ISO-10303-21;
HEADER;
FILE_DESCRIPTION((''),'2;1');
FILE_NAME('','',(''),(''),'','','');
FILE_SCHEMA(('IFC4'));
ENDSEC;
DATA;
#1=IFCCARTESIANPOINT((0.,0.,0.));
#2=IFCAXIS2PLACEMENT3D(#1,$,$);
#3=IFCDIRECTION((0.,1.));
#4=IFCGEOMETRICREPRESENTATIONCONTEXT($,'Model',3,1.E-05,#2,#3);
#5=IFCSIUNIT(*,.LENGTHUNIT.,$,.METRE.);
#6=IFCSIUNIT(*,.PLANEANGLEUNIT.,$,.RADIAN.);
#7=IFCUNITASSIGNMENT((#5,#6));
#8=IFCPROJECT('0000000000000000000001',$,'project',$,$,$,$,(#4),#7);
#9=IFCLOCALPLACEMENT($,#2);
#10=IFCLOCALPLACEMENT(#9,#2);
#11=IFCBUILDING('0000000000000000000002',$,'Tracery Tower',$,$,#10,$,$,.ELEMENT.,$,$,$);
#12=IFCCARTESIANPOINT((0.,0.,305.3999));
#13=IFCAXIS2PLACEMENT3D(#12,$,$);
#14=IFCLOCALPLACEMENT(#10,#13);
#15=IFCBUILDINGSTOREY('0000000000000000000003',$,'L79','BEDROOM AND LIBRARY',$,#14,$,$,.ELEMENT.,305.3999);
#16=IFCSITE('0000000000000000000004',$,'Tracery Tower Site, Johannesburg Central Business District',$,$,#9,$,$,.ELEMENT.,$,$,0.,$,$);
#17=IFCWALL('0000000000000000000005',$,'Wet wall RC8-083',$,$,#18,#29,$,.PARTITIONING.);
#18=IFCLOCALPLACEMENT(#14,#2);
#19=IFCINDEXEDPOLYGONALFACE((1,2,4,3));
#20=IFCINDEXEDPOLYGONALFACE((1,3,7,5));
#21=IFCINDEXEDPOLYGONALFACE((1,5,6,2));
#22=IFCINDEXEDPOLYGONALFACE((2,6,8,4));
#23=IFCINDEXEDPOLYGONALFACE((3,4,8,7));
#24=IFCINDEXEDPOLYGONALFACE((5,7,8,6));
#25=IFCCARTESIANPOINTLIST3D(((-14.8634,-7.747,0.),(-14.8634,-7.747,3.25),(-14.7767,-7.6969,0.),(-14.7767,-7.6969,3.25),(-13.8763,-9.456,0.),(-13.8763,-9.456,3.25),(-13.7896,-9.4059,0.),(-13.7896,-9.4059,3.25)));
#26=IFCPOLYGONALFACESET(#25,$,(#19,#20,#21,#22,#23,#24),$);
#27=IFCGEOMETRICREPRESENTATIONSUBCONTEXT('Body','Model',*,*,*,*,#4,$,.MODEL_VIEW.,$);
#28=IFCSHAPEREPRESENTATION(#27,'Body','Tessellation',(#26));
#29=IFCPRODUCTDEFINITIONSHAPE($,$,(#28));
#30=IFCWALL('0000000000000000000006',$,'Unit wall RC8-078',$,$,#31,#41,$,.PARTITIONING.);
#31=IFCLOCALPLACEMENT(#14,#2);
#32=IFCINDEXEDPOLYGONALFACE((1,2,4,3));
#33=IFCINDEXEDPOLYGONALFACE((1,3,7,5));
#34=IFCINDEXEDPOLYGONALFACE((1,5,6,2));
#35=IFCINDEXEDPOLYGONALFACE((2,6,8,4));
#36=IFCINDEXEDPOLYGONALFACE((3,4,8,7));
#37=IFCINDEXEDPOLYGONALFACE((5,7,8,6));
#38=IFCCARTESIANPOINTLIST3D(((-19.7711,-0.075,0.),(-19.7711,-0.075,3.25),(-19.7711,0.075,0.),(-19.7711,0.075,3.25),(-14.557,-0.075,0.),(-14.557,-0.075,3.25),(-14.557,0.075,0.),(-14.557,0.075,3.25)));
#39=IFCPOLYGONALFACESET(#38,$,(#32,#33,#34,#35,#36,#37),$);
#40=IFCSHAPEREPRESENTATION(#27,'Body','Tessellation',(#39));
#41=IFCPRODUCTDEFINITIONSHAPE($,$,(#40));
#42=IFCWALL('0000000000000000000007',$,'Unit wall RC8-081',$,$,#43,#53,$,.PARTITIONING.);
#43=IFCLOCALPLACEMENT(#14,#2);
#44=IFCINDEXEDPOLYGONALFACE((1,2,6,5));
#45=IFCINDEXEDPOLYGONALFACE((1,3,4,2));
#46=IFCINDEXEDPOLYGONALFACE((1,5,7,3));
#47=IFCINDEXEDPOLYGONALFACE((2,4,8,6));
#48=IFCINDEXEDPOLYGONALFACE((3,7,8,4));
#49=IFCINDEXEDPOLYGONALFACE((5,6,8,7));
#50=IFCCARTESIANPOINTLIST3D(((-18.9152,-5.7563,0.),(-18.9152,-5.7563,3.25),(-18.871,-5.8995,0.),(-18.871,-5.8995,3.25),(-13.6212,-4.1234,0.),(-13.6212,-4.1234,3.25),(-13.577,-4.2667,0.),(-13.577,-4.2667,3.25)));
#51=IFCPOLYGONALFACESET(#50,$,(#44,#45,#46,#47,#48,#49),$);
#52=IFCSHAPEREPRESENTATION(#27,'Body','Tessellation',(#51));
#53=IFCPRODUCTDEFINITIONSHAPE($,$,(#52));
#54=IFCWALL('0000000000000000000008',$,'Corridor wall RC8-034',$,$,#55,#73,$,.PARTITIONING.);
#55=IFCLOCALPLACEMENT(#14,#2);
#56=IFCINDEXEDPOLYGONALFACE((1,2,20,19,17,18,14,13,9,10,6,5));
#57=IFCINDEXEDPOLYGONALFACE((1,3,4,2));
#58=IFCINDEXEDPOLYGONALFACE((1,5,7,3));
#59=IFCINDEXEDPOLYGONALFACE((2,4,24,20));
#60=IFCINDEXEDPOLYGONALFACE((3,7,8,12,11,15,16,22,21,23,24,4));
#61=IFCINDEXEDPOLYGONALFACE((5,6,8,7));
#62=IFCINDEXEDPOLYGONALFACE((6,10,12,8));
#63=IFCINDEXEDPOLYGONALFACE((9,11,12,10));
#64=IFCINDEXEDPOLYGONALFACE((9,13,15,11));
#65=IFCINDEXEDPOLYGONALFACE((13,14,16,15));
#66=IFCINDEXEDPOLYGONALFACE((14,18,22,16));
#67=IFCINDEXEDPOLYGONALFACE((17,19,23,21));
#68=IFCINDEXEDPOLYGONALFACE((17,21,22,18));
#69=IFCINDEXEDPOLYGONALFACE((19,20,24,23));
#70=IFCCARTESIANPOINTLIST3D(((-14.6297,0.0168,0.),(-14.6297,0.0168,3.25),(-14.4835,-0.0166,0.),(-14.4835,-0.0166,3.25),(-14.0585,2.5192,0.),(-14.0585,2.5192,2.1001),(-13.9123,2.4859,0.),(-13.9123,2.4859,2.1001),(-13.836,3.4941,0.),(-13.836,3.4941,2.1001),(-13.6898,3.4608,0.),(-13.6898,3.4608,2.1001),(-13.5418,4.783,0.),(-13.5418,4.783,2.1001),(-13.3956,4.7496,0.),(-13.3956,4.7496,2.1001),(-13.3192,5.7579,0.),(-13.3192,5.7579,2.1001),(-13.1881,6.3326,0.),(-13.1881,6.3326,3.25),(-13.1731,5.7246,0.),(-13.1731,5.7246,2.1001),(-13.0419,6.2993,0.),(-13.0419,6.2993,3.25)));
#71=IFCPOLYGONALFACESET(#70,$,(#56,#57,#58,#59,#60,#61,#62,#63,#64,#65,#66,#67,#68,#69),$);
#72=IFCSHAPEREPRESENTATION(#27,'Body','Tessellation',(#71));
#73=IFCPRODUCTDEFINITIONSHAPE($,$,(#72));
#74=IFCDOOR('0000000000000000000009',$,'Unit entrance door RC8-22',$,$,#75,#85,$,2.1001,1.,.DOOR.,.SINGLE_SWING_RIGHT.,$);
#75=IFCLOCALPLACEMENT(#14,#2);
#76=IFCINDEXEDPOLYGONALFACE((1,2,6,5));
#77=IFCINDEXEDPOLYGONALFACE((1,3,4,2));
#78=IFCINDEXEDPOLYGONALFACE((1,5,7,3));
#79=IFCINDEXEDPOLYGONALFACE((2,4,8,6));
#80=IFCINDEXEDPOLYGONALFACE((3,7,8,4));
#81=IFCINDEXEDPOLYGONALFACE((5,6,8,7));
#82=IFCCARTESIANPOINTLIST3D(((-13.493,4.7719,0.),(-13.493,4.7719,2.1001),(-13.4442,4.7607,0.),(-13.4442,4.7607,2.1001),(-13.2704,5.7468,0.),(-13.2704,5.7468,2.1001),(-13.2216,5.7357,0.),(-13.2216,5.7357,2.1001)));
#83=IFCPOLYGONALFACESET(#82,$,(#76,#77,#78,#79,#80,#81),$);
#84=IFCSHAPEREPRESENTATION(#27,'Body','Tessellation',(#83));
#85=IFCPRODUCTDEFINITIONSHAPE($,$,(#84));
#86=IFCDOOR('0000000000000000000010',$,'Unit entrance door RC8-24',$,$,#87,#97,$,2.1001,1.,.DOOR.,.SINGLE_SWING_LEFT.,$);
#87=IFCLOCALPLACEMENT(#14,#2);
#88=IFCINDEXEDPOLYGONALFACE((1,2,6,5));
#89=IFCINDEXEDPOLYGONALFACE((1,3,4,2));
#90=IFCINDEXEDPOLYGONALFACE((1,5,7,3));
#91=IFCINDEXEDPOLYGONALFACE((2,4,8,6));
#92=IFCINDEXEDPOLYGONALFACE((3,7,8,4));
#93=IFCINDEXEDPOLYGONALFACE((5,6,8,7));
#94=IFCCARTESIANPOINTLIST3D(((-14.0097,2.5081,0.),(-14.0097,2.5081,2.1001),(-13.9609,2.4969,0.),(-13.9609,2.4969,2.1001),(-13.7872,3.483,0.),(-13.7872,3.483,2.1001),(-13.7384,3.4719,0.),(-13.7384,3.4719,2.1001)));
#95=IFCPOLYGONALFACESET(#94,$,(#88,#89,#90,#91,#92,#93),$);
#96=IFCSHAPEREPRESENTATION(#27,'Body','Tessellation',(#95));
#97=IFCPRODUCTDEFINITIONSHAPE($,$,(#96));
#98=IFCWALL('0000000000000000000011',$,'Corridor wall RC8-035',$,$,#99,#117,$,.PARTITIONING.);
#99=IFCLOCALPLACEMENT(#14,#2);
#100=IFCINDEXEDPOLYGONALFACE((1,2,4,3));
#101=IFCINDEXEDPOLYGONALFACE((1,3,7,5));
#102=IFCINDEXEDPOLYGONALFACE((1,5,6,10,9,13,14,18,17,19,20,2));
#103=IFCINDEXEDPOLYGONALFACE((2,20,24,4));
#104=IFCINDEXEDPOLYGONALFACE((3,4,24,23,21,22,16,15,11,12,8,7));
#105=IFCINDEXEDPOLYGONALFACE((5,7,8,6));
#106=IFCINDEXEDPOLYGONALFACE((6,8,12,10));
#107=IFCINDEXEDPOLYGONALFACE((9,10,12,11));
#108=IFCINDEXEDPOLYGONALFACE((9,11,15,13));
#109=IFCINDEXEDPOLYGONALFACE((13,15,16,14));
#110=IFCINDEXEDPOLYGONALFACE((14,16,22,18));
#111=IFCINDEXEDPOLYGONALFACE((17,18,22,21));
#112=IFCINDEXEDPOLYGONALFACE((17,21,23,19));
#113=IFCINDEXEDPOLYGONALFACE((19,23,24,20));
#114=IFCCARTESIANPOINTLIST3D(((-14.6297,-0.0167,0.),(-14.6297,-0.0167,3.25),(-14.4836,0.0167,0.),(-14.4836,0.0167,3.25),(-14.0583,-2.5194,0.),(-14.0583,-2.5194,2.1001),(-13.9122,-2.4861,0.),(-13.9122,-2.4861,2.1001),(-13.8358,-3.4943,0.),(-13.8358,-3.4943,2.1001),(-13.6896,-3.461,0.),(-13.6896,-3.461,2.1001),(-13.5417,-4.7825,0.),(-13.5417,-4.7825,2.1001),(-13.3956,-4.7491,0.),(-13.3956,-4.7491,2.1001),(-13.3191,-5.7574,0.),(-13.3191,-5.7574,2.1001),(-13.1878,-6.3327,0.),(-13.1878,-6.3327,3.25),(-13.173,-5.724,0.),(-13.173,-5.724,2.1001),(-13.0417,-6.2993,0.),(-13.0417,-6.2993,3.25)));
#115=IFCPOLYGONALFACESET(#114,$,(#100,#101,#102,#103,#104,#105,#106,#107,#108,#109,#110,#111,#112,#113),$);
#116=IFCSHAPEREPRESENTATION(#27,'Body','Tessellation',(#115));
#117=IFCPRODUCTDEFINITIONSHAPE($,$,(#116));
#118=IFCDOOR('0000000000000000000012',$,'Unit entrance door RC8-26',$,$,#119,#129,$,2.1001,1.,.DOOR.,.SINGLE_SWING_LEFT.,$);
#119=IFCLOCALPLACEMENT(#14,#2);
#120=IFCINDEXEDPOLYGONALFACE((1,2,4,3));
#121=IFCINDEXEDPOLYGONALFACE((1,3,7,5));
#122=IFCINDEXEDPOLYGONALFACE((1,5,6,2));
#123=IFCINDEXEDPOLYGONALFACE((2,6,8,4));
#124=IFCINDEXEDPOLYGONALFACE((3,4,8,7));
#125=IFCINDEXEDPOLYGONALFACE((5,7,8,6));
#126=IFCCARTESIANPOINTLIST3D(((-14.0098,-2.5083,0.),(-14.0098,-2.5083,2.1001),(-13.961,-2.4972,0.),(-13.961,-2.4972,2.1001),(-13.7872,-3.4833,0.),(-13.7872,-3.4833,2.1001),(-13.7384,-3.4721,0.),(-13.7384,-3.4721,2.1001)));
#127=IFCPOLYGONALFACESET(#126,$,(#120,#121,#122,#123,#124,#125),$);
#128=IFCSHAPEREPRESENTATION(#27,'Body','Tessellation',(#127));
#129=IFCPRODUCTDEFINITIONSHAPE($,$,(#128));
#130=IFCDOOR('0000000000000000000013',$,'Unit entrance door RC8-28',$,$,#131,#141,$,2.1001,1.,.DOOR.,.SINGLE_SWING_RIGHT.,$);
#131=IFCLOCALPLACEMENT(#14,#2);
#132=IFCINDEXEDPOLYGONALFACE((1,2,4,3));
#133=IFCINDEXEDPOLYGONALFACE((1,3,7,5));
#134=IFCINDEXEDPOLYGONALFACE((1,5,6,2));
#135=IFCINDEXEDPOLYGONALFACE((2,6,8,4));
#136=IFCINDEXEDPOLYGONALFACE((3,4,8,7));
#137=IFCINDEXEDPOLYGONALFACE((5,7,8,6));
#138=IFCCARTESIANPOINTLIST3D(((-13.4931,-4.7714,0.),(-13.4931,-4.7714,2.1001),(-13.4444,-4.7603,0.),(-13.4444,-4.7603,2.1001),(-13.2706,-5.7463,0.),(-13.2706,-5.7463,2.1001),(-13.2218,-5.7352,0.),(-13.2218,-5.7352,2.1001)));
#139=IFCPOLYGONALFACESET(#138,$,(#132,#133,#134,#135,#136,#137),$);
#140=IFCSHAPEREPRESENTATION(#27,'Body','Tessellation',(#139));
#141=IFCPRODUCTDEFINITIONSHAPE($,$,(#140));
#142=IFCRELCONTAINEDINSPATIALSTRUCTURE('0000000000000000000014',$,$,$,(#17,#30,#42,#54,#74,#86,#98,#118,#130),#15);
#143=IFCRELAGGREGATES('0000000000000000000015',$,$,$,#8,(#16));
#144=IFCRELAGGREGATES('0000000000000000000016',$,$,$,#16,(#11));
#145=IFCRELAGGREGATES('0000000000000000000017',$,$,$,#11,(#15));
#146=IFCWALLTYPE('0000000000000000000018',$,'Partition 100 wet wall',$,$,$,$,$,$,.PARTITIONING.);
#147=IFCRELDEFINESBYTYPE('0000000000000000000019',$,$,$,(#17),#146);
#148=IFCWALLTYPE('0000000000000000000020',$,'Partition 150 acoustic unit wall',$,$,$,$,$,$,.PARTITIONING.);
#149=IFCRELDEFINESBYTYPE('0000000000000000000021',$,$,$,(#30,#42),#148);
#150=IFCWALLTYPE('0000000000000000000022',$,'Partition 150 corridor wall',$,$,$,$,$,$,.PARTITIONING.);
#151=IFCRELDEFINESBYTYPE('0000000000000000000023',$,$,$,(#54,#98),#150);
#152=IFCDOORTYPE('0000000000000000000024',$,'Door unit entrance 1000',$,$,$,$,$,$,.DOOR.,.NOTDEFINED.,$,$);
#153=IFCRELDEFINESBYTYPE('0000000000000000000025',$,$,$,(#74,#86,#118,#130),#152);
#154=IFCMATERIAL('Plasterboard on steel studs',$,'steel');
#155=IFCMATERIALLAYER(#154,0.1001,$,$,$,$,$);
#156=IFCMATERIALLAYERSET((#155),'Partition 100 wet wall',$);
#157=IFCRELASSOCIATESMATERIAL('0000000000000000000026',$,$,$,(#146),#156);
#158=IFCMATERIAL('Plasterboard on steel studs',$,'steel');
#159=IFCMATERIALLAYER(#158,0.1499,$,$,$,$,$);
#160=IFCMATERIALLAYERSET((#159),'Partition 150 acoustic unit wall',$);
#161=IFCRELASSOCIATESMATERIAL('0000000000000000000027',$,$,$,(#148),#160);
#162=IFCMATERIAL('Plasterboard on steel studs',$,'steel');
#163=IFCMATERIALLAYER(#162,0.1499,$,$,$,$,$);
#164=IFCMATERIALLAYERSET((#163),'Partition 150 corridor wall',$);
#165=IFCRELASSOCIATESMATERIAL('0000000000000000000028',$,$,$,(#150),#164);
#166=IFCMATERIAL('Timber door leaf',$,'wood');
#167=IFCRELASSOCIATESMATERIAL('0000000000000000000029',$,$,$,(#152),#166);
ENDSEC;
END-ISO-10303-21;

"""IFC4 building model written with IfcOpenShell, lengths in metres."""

from ifc_helpers import new_model, si_unit, direction, frame, frame_2d, origin, place, context, subcontext, project, spatial, rectangle, extrude, material, layer, layer_set, type_object, element, fill, save


model = new_model("IFC4")

# Units and contexts
model_context = context("Model", 3, precision=1e-05, world=origin(), true_north=direction((0.0, 1.0)))
body_context = subcontext(model_context, "Body", "Model", "MODEL_VIEW")
ifc_project = project(units=[si_unit("LENGTHUNIT", "METRE"), si_unit("PLANEANGLEUNIT", "RADIAN")], contexts=[model_context])

# Site, building, storey
site_placement = place(None, origin())
site = spatial("IfcSite", under=ifc_project, at=site_placement, Name="Tracery Tower Site, Johannesburg Central Business District", CompositionType="ELEMENT", RefElevation=0.0)
building_placement = place(site_placement, origin())
building = spatial("IfcBuilding", under=site, at=building_placement, Name="Tracery Tower", CompositionType="ELEMENT")
storey_placement = place(building_placement, frame((0.0, 0.0, 305.3999)))
storey = spatial("IfcBuildingStorey", under=building, at=storey_placement, Name="L79", Description="BEDROOM AND LIBRARY", CompositionType="ELEMENT", Elevation=305.3999)

# Shared definitions
ifc_material_1 = material(Name="Plasterboard on steel studs", Category="steel")
ifc_layer_1 = layer(ifc_material_1, 0.1001)
ifc_layer_set_1 = layer_set([ifc_layer_1], Name="Partition 100 wet wall")
wall_type_1 = type_object("IfcWallType", Name="Partition 100 wet wall", PredefinedType="PARTITIONING", material=ifc_layer_set_1)

# Walls
wall_1_placement = place(storey_placement, frame((-14.8201, -7.7219, 0.0), z_axis=(0.0, 0.0, 1.0), x_axis=(0.500144, -0.865942, 0.0)))
element("IfcWall", 1, at=wall_1_placement, inside=storey, type_object=wall_type_1, Name="Wet wall RC8-083", PredefinedType="PARTITIONING", context=body_context, shape_type="SweptSolid", body=[
    extrude(rectangle(XDim=1.9736, YDim=0.1001, at=frame_2d((0.9868, 0.0))), origin(), (0.0, 0.0, 1.0), 3.25),
])
ifc_material_2 = material(Name="Plasterboard on steel studs", Category="steel")
ifc_layer_2 = layer(ifc_material_2, 0.1499)
ifc_layer_set_2 = layer_set([ifc_layer_2], Name="Partition 150 acoustic unit wall")
wall_type_2 = type_object("IfcWallType", Name="Partition 150 acoustic unit wall", PredefinedType="PARTITIONING", material=ifc_layer_set_2)
wall_2_placement = place(storey_placement, frame((-19.771, 0.0, 0.0), z_axis=(0.0, 0.0, 1.0), x_axis=(1.0, 0.0, 0.0)))
element("IfcWall", 2, at=wall_2_placement, inside=storey, type_object=wall_type_2, Name="Unit wall RC8-078", PredefinedType="PARTITIONING", context=body_context, shape_type="SweptSolid", body=[
    extrude(rectangle(XDim=5.2141, YDim=0.1499, at=frame_2d((2.6069, 0.0))), origin(), (0.0, 0.0, 1.0), 3.25),
])
wall_3_placement = place(storey_placement, frame((-18.8931, -5.8279, 0.0), z_axis=(0.0, 0.0, 1.0), x_axis=(0.955581, 0.29473, 0.0)))
element("IfcWall", 3, at=wall_3_placement, inside=storey, type_object=wall_type_2, Name="Unit wall RC8-081", PredefinedType="PARTITIONING", context=body_context, shape_type="SweptSolid", body=[
    extrude(rectangle(XDim=5.54, YDim=0.1499, at=frame_2d((2.77, 0.0))), origin(), (0.0, 0.0, 1.0), 3.25),
])

# Walls, openings, doors
ifc_material_3 = material(Name="Plasterboard on steel studs", Category="steel")
ifc_layer_3 = layer(ifc_material_3, 0.1499)
ifc_layer_set_3 = layer_set([ifc_layer_3], Name="Partition 150 corridor wall")
wall_type_3 = type_object("IfcWallType", Name="Partition 150 corridor wall", PredefinedType="PARTITIONING", material=ifc_layer_set_3)
wall_4_placement = place(storey_placement, frame((-14.5566, 0.0, 0.0), z_axis=(0.0, 0.0, 1.0), x_axis=(0.222533, 0.974925, 0.0)))
wall_4 = element("IfcWall", 4, at=wall_4_placement, inside=storey, type_object=wall_type_3, Name="Corridor wall RC8-034", PredefinedType="PARTITIONING", context=body_context, shape_type="SweptSolid", body=[
    extrude(rectangle(XDim=6.4783, YDim=0.1499, at=frame_2d((3.2393, 0.0))), origin(), (0.0, 0.0, 1.0), 3.25),
])
opening_1_placement = place(wall_4_placement, frame((4.8889, 0.0, 0.0)))
opening_1 = element("IfcOpeningElement", 5, at=opening_1_placement, cuts=wall_4, PredefinedType="OPENING", context=body_context, shape_type="SweptSolid", body=[
    extrude(rectangle(XDim=1.0, YDim=2.1001, at=frame_2d((0.5, 1.05))), frame((0.0, 0.075, 0.0), z_axis=(0.0, -1.0, 0.0), x_axis=(1.0, 0.0, 0.0)), (0.0, 0.0, 1.0), 0.1499),
])
opening_2_placement = place(wall_4_placement, frame((2.5669, 0.0, 0.0)))
opening_2 = element("IfcOpeningElement", 6, at=opening_2_placement, cuts=wall_4, PredefinedType="OPENING", context=body_context, shape_type="SweptSolid", body=[
    extrude(rectangle(XDim=1.0, YDim=2.1001, at=frame_2d((0.5, 1.05))), frame((0.0, 0.075, 0.0), z_axis=(0.0, -1.0, 0.0), x_axis=(1.0, 0.0, 0.0)), (0.0, 0.0, 1.0), 0.1499),
])
ifc_material_4 = material(Name="Timber door leaf", Category="wood")
door_type_1 = type_object("IfcDoorType", Name="Door unit entrance 1000", OperationType="NOTDEFINED", PredefinedType="DOOR", material=ifc_material_4)
door_1_placement = place(opening_1_placement, origin())
door_1 = element("IfcDoor", 7, at=door_1_placement, inside=storey, type_object=door_type_1, Name="Unit entrance door RC8-22", OperationType="SINGLE_SWING_RIGHT", OverallHeight=2.1001, OverallWidth=1.0, PredefinedType="DOOR", context=body_context, shape_type="SweptSolid", body=[
    extrude(rectangle(XDim=1.0, YDim=2.1001, at=frame_2d((0.5, 1.05))), frame((0.0, 0.0249, 0.0), z_axis=(0.0, -1.0, 0.0), x_axis=(1.0, 0.0, 0.0)), (0.0, 0.0, 1.0), 0.05),
])
fill(opening_1, door_1)
door_2_placement = place(opening_2_placement, origin())
door_2 = element("IfcDoor", 8, at=door_2_placement, inside=storey, type_object=door_type_1, Name="Unit entrance door RC8-24", OperationType="SINGLE_SWING_LEFT", OverallHeight=2.1001, OverallWidth=1.0, PredefinedType="DOOR", context=body_context, shape_type="SweptSolid", body=[
    extrude(rectangle(XDim=1.0, YDim=2.1001, at=frame_2d((0.5, 1.05))), frame((0.0, 0.0249, 0.0), z_axis=(0.0, -1.0, 0.0), x_axis=(1.0, 0.0, 0.0)), (0.0, 0.0, 1.0), 0.05),
])
fill(opening_2, door_2)
wall_5_placement = place(storey_placement, frame((-14.5566, 0.0, 0.0), z_axis=(0.0, 0.0, 1.0), x_axis=(0.222569, -0.974917, 0.0)))
wall_5 = element("IfcWall", 9, at=wall_5_placement, inside=storey, type_object=wall_type_3, Name="Corridor wall RC8-035", PredefinedType="PARTITIONING", context=body_context, shape_type="SweptSolid", body=[
    extrude(rectangle(XDim=6.4785, YDim=0.1499, at=frame_2d((3.2393, 0.0))), origin(), (0.0, 0.0, 1.0), 3.25),
])
opening_3_placement = place(wall_5_placement, frame((2.5671, 0.0, 0.0)))
opening_3 = element("IfcOpeningElement", 10, at=opening_3_placement, cuts=wall_5, PredefinedType="OPENING", context=body_context, shape_type="SweptSolid", body=[
    extrude(rectangle(XDim=1.0, YDim=2.1001, at=frame_2d((0.5, 1.05))), frame((0.0, 0.075, 0.0), z_axis=(0.0, -1.0, 0.0), x_axis=(1.0, 0.0, 0.0)), (0.0, 0.0, 1.0), 0.1499),
])
opening_4_placement = place(wall_5_placement, frame((4.8884, 0.0, 0.0)))
opening_4 = element("IfcOpeningElement", 11, at=opening_4_placement, cuts=wall_5, PredefinedType="OPENING", context=body_context, shape_type="SweptSolid", body=[
    extrude(rectangle(XDim=1.0, YDim=2.1001, at=frame_2d((0.5, 1.05))), frame((0.0, 0.075, 0.0), z_axis=(0.0, -1.0, 0.0), x_axis=(1.0, 0.0, 0.0)), (0.0, 0.0, 1.0), 0.1499),
])
door_3_placement = place(opening_3_placement, origin())
door_3 = element("IfcDoor", 12, at=door_3_placement, inside=storey, type_object=door_type_1, Name="Unit entrance door RC8-26", OperationType="SINGLE_SWING_LEFT", OverallHeight=2.1001, OverallWidth=1.0, PredefinedType="DOOR", context=body_context, shape_type="SweptSolid", body=[
    extrude(rectangle(XDim=1.0, YDim=2.1001, at=frame_2d((0.5, 1.05))), frame((0.0, 0.0249, 0.0), z_axis=(0.0, -1.0, 0.0), x_axis=(1.0, 0.0, 0.0)), (0.0, 0.0, 1.0), 0.05),
])
fill(opening_3, door_3)
door_4_placement = place(opening_4_placement, origin())
door_4 = element("IfcDoor", 13, at=door_4_placement, inside=storey, type_object=door_type_1, Name="Unit entrance door RC8-28", OperationType="SINGLE_SWING_RIGHT", OverallHeight=2.1001, OverallWidth=1.0, PredefinedType="DOOR", context=body_context, shape_type="SweptSolid", body=[
    extrude(rectangle(XDim=1.0, YDim=2.1001, at=frame_2d((0.5, 1.05))), frame((0.0, 0.0249, 0.0), z_axis=(0.0, -1.0, 0.0), x_axis=(1.0, 0.0, 0.0)), (0.0, 0.0, 1.0), 0.05),
])
fill(opening_4, door_4)

save(model, "model.ifc")
